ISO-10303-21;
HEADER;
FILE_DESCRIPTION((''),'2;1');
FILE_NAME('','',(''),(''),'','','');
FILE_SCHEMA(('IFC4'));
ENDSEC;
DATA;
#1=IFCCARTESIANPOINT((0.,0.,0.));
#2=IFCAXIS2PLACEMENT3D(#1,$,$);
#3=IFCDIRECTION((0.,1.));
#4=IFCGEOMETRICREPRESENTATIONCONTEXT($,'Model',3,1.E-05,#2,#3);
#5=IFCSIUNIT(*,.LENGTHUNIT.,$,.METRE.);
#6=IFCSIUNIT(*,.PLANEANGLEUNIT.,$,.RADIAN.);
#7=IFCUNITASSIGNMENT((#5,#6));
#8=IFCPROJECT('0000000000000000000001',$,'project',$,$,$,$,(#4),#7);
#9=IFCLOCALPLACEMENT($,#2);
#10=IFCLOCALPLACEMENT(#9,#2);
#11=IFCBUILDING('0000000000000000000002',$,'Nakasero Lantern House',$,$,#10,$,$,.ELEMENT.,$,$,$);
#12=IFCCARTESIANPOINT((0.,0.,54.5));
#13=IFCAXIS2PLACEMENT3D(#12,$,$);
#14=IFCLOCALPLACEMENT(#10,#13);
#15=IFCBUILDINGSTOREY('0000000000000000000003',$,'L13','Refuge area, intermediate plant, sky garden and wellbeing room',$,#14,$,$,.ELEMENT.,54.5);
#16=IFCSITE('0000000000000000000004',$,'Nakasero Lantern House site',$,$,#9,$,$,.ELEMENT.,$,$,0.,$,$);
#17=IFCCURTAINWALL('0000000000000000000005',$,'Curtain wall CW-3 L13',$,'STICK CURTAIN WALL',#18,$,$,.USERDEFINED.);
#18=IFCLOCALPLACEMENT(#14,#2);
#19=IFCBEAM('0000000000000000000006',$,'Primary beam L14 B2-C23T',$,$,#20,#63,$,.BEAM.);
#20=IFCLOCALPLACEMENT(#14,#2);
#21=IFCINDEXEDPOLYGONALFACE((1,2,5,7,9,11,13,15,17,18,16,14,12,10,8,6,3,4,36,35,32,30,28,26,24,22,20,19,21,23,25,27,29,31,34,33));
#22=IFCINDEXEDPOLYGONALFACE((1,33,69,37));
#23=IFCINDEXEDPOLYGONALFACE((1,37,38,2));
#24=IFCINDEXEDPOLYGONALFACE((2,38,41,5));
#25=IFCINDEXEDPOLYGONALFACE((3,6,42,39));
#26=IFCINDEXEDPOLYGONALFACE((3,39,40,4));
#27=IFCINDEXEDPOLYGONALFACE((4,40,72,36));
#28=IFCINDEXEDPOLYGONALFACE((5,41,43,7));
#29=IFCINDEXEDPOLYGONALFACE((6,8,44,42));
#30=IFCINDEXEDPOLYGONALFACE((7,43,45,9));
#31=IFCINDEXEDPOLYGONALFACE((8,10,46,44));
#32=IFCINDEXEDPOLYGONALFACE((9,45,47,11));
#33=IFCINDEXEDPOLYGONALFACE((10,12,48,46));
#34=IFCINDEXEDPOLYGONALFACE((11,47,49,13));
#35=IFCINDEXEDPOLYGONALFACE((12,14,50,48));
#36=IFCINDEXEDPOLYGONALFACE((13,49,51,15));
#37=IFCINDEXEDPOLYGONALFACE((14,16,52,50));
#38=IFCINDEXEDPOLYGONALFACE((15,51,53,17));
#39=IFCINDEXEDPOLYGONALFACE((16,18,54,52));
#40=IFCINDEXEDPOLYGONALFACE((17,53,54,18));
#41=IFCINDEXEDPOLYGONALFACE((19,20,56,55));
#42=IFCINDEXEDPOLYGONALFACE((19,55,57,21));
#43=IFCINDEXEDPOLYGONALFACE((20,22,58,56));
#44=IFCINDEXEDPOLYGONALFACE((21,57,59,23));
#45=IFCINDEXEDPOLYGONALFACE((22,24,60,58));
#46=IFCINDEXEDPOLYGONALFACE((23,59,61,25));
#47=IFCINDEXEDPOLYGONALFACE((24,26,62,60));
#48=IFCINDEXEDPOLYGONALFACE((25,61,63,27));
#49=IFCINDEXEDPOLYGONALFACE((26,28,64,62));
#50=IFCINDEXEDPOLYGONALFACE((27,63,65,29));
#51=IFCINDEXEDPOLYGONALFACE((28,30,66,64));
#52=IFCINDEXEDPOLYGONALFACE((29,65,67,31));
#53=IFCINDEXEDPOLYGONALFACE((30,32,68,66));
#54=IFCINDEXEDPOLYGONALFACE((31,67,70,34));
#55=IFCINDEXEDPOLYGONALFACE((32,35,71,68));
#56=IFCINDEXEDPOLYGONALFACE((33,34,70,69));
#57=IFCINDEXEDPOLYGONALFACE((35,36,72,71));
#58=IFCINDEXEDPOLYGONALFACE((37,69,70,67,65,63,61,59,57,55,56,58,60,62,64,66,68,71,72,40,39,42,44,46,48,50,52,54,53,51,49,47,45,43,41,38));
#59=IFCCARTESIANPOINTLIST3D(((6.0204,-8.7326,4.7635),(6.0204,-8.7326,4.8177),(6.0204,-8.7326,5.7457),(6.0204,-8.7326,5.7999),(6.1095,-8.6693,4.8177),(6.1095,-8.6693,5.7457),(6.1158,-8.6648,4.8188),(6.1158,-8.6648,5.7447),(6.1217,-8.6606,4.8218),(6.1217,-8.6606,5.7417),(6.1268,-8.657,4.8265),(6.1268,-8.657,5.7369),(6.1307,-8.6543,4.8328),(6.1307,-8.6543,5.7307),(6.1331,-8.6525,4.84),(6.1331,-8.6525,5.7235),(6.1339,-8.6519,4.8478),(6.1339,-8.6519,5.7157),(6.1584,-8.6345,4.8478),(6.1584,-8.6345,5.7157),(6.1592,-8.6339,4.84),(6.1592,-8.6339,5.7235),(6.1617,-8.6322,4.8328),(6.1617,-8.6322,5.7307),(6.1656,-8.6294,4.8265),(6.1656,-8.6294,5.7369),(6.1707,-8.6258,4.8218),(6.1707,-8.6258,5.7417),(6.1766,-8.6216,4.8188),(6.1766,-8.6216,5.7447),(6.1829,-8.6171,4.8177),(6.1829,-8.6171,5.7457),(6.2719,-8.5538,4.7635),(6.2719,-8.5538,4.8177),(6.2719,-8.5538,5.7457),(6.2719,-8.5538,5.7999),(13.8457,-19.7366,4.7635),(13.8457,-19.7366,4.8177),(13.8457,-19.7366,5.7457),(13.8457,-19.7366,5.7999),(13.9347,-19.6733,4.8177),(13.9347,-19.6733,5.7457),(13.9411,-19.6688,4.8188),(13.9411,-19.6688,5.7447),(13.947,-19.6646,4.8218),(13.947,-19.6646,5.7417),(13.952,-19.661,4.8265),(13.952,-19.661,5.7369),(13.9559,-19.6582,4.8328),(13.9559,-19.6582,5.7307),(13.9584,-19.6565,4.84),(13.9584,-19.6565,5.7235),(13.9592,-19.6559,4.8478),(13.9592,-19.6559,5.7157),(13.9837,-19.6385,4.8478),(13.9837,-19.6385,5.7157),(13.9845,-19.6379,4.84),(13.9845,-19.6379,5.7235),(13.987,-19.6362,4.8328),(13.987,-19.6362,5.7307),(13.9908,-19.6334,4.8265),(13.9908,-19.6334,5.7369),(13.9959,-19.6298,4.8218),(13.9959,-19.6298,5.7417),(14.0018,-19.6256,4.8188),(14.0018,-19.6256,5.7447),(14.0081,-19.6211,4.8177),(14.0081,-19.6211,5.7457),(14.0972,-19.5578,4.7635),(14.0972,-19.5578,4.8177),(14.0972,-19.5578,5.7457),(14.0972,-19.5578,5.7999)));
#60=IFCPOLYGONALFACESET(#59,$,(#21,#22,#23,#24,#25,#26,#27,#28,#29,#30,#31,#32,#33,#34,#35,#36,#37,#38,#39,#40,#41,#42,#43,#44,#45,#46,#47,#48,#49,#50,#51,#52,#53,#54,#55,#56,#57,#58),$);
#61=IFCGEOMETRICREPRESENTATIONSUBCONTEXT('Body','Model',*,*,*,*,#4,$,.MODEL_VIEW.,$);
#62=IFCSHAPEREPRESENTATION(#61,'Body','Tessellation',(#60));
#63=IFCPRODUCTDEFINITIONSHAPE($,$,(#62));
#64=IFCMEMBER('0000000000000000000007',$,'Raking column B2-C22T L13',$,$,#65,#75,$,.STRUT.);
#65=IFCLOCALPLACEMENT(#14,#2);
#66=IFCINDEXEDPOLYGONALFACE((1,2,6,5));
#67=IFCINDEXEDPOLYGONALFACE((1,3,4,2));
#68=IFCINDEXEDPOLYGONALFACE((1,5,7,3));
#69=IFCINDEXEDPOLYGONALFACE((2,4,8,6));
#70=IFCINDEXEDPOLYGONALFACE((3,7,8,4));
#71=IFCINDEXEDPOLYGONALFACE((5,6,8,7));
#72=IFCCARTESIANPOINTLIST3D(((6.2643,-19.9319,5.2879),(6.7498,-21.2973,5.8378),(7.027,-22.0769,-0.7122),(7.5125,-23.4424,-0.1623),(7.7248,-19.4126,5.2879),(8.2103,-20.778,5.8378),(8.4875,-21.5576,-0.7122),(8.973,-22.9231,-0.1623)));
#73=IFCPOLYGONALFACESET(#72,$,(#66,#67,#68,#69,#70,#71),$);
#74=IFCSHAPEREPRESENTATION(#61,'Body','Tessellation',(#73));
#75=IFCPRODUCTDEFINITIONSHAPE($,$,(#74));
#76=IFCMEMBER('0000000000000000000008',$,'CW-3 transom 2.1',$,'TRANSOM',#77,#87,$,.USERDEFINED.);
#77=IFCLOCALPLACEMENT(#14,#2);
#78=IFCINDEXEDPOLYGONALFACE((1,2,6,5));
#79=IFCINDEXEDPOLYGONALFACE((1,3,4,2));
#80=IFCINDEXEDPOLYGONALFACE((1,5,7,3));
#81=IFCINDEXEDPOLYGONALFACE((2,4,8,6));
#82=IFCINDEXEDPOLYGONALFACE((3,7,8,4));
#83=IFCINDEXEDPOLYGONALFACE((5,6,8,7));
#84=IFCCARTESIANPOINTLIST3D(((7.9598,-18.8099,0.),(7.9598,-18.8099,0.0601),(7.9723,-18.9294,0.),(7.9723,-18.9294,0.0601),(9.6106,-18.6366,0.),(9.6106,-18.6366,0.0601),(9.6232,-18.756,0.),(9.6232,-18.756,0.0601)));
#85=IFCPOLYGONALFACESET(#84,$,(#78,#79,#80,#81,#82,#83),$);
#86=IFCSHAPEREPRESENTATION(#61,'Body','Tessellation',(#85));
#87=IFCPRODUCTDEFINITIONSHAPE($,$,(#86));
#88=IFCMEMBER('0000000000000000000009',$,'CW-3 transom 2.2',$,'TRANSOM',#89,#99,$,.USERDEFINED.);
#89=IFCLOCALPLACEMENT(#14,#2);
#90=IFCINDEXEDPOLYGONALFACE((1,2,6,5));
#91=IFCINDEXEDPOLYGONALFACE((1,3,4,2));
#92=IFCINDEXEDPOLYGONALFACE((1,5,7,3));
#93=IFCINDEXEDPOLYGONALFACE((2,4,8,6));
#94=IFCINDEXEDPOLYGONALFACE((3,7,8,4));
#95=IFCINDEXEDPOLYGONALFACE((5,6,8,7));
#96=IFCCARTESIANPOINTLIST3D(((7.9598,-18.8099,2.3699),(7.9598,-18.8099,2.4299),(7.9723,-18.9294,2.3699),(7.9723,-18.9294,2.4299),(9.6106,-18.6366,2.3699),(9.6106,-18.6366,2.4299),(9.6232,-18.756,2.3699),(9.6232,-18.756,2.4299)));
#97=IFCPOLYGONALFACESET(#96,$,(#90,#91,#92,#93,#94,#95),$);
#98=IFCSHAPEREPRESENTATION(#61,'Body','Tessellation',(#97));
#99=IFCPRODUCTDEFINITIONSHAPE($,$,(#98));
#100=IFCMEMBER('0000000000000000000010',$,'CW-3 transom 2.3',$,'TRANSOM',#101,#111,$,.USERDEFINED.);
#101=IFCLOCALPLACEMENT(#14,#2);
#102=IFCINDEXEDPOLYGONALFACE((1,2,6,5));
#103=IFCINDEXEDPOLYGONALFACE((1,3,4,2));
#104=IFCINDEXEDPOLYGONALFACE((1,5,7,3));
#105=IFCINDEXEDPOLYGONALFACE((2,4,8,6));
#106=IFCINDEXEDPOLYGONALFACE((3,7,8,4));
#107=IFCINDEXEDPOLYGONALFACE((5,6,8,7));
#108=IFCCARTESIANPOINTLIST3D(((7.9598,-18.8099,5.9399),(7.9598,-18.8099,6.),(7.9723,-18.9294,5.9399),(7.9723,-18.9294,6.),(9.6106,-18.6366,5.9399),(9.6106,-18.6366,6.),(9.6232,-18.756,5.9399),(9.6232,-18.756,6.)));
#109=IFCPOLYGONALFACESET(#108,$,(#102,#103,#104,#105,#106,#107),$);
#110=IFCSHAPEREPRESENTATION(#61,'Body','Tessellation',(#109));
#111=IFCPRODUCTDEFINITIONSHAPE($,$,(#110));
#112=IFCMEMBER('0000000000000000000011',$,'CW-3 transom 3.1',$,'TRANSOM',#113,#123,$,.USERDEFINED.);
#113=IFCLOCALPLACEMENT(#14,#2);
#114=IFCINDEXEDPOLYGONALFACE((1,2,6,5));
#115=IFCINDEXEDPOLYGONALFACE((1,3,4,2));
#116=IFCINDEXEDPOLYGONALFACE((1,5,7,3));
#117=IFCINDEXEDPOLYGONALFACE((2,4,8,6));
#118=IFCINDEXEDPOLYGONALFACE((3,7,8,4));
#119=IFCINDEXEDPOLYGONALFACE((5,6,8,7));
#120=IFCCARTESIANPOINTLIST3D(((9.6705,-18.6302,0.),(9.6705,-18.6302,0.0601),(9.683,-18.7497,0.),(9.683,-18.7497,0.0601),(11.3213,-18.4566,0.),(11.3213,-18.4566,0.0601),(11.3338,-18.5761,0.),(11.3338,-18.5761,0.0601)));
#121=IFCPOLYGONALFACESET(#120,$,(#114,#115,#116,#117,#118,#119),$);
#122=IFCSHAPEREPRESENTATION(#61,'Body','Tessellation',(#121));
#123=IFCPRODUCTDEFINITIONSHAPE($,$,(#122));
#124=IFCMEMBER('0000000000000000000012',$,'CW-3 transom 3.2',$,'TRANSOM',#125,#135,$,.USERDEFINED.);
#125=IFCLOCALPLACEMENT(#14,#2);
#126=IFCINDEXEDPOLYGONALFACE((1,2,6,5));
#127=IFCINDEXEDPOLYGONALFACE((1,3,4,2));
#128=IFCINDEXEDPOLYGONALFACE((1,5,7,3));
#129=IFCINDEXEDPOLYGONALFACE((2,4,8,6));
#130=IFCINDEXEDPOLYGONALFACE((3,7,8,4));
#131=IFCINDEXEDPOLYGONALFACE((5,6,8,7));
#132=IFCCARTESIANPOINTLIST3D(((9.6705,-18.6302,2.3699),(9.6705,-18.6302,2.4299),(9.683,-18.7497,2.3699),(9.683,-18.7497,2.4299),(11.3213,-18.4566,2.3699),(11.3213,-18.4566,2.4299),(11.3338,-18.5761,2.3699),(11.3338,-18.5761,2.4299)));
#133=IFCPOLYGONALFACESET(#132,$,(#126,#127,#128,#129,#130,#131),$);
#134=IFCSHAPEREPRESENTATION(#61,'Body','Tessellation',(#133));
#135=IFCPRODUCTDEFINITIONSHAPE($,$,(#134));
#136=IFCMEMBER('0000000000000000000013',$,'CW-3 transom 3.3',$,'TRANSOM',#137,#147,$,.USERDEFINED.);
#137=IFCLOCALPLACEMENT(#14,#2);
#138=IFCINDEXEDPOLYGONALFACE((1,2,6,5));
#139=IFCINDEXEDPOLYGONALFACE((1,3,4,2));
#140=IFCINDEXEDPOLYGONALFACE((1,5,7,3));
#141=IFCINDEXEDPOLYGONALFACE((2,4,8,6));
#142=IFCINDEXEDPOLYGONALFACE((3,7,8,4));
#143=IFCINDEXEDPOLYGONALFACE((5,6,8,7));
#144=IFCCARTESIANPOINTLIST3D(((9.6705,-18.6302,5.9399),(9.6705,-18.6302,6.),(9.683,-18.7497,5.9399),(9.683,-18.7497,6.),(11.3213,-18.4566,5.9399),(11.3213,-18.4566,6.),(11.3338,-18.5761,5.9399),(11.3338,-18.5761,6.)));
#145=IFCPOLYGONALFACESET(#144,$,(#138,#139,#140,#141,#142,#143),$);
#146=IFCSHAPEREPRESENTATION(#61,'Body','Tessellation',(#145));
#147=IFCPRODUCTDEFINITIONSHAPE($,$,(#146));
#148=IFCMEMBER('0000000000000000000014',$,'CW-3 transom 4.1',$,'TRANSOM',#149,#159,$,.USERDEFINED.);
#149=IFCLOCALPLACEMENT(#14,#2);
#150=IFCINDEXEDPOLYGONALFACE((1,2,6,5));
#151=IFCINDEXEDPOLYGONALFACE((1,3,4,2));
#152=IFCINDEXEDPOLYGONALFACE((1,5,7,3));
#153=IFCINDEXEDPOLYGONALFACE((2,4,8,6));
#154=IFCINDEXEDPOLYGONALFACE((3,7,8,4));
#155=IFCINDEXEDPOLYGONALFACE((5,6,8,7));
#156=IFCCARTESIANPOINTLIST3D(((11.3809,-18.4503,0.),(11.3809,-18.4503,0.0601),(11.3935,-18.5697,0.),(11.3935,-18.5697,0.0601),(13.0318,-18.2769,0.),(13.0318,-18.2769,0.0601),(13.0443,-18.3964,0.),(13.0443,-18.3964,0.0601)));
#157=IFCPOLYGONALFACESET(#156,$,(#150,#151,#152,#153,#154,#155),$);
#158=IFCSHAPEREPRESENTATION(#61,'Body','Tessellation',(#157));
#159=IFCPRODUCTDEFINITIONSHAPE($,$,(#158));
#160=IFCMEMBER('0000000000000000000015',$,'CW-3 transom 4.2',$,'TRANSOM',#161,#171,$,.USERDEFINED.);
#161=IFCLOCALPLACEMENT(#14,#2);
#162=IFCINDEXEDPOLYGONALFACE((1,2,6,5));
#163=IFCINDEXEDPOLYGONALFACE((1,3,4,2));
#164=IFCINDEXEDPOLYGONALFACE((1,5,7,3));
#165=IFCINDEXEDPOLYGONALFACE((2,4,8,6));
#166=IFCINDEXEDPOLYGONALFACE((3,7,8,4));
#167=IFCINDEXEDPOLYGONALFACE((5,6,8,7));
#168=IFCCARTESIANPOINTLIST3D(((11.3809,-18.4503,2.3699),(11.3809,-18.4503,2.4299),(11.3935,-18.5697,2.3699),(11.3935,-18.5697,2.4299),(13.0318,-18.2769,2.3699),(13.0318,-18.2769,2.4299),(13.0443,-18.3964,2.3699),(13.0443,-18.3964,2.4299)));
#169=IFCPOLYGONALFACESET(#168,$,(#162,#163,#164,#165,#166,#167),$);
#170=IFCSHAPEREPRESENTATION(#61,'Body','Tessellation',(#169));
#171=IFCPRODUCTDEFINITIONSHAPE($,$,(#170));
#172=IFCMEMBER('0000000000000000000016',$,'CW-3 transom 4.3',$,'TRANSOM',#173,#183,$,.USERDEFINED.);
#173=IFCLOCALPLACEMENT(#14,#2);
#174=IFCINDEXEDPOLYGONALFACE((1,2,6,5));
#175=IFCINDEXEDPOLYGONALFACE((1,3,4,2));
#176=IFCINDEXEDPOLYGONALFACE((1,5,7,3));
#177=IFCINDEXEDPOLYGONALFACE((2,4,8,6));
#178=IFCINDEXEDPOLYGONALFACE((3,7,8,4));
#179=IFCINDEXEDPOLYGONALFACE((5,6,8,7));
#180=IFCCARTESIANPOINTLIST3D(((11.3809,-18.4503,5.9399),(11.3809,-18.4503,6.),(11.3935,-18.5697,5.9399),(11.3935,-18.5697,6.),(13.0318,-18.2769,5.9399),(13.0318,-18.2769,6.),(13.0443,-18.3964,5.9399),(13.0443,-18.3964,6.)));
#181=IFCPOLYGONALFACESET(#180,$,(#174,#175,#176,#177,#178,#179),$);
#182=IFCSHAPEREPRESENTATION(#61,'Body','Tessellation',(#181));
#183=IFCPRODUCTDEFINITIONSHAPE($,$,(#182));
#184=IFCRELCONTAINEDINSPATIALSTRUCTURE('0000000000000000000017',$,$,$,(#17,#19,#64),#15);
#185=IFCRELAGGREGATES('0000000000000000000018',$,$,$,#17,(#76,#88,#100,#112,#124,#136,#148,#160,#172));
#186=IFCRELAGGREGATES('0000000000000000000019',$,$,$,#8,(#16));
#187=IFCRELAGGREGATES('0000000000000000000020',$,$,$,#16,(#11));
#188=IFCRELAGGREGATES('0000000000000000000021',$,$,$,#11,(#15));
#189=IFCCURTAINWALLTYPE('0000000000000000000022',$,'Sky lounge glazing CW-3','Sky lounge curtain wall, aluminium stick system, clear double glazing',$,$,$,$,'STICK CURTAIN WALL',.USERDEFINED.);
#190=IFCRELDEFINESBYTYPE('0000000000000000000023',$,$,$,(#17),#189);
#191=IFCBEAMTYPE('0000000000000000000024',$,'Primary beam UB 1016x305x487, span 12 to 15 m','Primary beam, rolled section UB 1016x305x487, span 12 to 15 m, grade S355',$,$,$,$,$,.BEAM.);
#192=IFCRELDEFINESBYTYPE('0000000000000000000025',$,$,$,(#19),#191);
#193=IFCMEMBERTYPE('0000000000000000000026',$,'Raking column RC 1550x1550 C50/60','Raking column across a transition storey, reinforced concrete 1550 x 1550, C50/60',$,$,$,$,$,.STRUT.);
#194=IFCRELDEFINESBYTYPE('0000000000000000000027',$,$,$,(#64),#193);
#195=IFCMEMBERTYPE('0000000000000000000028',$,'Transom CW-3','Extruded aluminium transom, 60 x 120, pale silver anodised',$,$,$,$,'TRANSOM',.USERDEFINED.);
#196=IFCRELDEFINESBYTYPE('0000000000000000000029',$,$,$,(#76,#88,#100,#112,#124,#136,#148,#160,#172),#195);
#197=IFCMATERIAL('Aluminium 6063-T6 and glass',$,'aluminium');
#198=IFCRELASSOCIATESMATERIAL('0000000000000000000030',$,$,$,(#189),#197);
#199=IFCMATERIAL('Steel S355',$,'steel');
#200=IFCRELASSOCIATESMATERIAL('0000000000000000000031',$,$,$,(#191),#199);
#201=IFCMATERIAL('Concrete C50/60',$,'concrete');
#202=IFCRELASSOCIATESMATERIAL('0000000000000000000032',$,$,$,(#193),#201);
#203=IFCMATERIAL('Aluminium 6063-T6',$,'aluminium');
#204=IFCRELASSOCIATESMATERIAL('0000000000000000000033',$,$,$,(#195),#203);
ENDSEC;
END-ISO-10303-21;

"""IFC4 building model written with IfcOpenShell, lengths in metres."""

from ifc_helpers import new_model, si_unit, direction, frame, origin, origin_2d, place, context, subcontext, project, spatial, rectangle, i_section, extrude, material, material_profile, profile_set, type_object, element, aggregate, save


model = new_model("IFC4")

# Units and contexts
model_context = context("Model", 3, precision=1e-05, world=origin(), true_north=direction((0.0, 1.0)))
body_context = subcontext(model_context, "Body", "Model", "MODEL_VIEW")
ifc_project = project(units=[si_unit("LENGTHUNIT", "METRE"), si_unit("PLANEANGLEUNIT", "RADIAN")], contexts=[model_context])

# Site, building, storey
site_placement = place(None, origin())
site = spatial("IfcSite", under=ifc_project, at=site_placement, Name="Nakasero Lantern House site", CompositionType="ELEMENT", RefElevation=0.0)
building_placement = place(site_placement, origin())
building = spatial("IfcBuilding", under=site, at=building_placement, Name="Nakasero Lantern House", CompositionType="ELEMENT")
storey_placement = place(building_placement, frame((0.0, 0.0, 54.5)))
storey = spatial("IfcBuildingStorey", under=building, at=storey_placement, Name="L13", Description="Refuge area, intermediate plant, sky garden and wellbeing room", CompositionType="ELEMENT", Elevation=54.5)

# Curtain wall
ifc_material_1 = material(Name="Aluminium 6063-T6 and glass", Category="aluminium")
curtain_wall_type = type_object("IfcCurtainWallType", Name="Sky lounge glazing CW-3", Description="Sky lounge curtain wall, aluminium stick system, clear double glazing", ElementType="STICK CURTAIN WALL", PredefinedType="USERDEFINED", material=ifc_material_1)
curtain_wall_placement = place(storey_placement, origin())
curtain_wall = element("IfcCurtainWall", 1, at=curtain_wall_placement, inside=storey, type_object=curtain_wall_type, Name="Curtain wall CW-3 L13", ObjectType="STICK CURTAIN WALL", PredefinedType="USERDEFINED")

# Beam
ifc_material_2 = material(Name="Steel S355", Category="steel")
ifc_material_profile_1 = material_profile(ifc_material_2, i_section(OverallWidth=0.3086, OverallDepth=1.0364, WebThickness=0.03, FlangeThickness=0.0542, FilletRadius=0.03, at=origin_2d()), Name="UB 1016x305x487")
ifc_profile_set_1 = profile_set([ifc_material_profile_1], Name="Steel S355")
beam_type = type_object("IfcBeamType", Name="Primary beam UB 1016x305x487, span 12 to 15 m", Description="Primary beam, rolled section UB 1016x305x487, span 12 to 15 m, grade S355", PredefinedType="BEAM", material=ifc_profile_set_1)
beam_placement = place(storey_placement, frame((13.9714, -19.6472, 5.2817), z_axis=(-0.579533, 0.814948, 0.0), x_axis=(-0.814948, -0.579533, 0.0)))
element("IfcBeam", 2, at=beam_placement, inside=storey, type_object=beam_type, Name="Primary beam L14 B2-C23T", PredefinedType="BEAM", context=body_context, shape_type="SweptSolid", body=[
    extrude(i_section(OverallWidth=0.3086, OverallDepth=1.0364, WebThickness=0.03, FlangeThickness=0.0542, FilletRadius=0.03, at=origin_2d()), origin(), (0.0, 0.0, 1.0), 13.5027),
])

# Members
ifc_material_3 = material(Name="Concrete C50/60", Category="concrete")
ifc_material_profile_2 = material_profile(ifc_material_3, rectangle(XDim=1.55, YDim=1.55, at=origin_2d()), Name="RC 1550x1550")
ifc_profile_set_2 = profile_set([ifc_material_profile_2], Name="Concrete C50/60")
member_type_1 = type_object("IfcMemberType", Name="Raking column RC 1550x1550 C50/60", Description="Raking column across a transition storey, reinforced concrete 1550 x 1550, C50/60", PredefinedType="STRUT", material=ifc_profile_set_2)
member_1_placement = place(storey_placement, frame((8.0, -22.5, -0.4373), z_axis=(-0.118848, 0.334251, 0.93496), x_axis=(-0.942212, -0.335018, 0.0)))
element("IfcMember", 3, at=member_1_placement, inside=storey, type_object=member_type_1, Name="Raking column B2-C22T L13", PredefinedType="STRUT", context=body_context, shape_type="SweptSolid", body=[
    extrude(rectangle(XDim=1.55, YDim=1.55, at=origin_2d()), origin(), (0.0, 0.0, 1.0), 6.4175),
])
ifc_material_4 = material(Name="Aluminium 6063-T6", Category="aluminium")
ifc_material_profile_3 = material_profile(ifc_material_4, rectangle(XDim=0.0601, YDim=0.1201, at=origin_2d()), Name="CW-3 transom 60x120")
ifc_profile_set_3 = profile_set([ifc_material_profile_3], Name="Aluminium 6063-T6")
member_type_2 = type_object("IfcMemberType", Name="Transom CW-3", Description="Extruded aluminium transom, 60 x 120, pale silver anodised", ElementType="TRANSOM", PredefinedType="USERDEFINED", material=ifc_profile_set_3)
member_2_placement = place(storey_placement, frame((7.9661, -18.8696, 0.03), z_axis=(0.994533, 0.104424, 0.0), x_axis=(0.0, 0.0, 1.0)))
member_2 = element("IfcMember", 4, at=member_2_placement, type_object=member_type_2, Name="CW-3 transom 2.1", ObjectType="TRANSOM", PredefinedType="USERDEFINED", context=body_context, shape_type="SweptSolid", body=[
    extrude(rectangle(XDim=0.0601, YDim=0.1201, at=origin_2d()), origin(), (0.0, 0.0, 1.0), 1.6599),
])
member_3_placement = place(storey_placement, frame((7.9661, -18.8696, 2.3999), z_axis=(0.994533, 0.104424, 0.0), x_axis=(0.0, 0.0, 1.0)))
member_3 = element("IfcMember", 5, at=member_3_placement, type_object=member_type_2, Name="CW-3 transom 2.2", ObjectType="TRANSOM", PredefinedType="USERDEFINED", context=body_context, shape_type="SweptSolid", body=[
    extrude(rectangle(XDim=0.0601, YDim=0.1201, at=origin_2d()), origin(), (0.0, 0.0, 1.0), 1.6599),
])
member_4_placement = place(storey_placement, frame((7.9661, -18.8696, 5.97), z_axis=(0.994533, 0.104424, 0.0), x_axis=(0.0, 0.0, 1.0)))
member_4 = element("IfcMember", 6, at=member_4_placement, type_object=member_type_2, Name="CW-3 transom 2.3", ObjectType="TRANSOM", PredefinedType="USERDEFINED", context=body_context, shape_type="SweptSolid", body=[
    extrude(rectangle(XDim=0.0601, YDim=0.1201, at=origin_2d()), origin(), (0.0, 0.0, 1.0), 1.6599),
])
member_5_placement = place(storey_placement, frame((9.6768, -18.6899, 0.03), z_axis=(0.994518, 0.10457, 0.0), x_axis=(0.0, 0.0, 1.0)))
member_5 = element("IfcMember", 7, at=member_5_placement, type_object=member_type_2, Name="CW-3 transom 3.1", ObjectType="TRANSOM", PredefinedType="USERDEFINED", context=body_context, shape_type="SweptSolid", body=[
    extrude(rectangle(XDim=0.0601, YDim=0.1201, at=origin_2d()), origin(), (0.0, 0.0, 1.0), 1.6599),
])
member_6_placement = place(storey_placement, frame((9.6768, -18.6899, 2.3999), z_axis=(0.994518, 0.10457, 0.0), x_axis=(0.0, 0.0, 1.0)))
member_6 = element("IfcMember", 8, at=member_6_placement, type_object=member_type_2, Name="CW-3 transom 3.2", ObjectType="TRANSOM", PredefinedType="USERDEFINED", context=body_context, shape_type="SweptSolid", body=[
    extrude(rectangle(XDim=0.0601, YDim=0.1201, at=origin_2d()), origin(), (0.0, 0.0, 1.0), 1.6599),
])
member_7_placement = place(storey_placement, frame((9.6768, -18.6899, 5.97), z_axis=(0.994518, 0.10457, 0.0), x_axis=(0.0, 0.0, 1.0)))
member_7 = element("IfcMember", 9, at=member_7_placement, type_object=member_type_2, Name="CW-3 transom 3.3", ObjectType="TRANSOM", PredefinedType="USERDEFINED", context=body_context, shape_type="SweptSolid", body=[
    extrude(rectangle(XDim=0.0601, YDim=0.1201, at=origin_2d()), origin(), (0.0, 0.0, 1.0), 1.6599),
])
member_8_placement = place(storey_placement, frame((11.3872, -18.51, 0.03), z_axis=(0.994533, 0.104424, 0.0), x_axis=(0.0, 0.0, 1.0)))
member_8 = element("IfcMember", 10, at=member_8_placement, type_object=member_type_2, Name="CW-3 transom 4.1", ObjectType="TRANSOM", PredefinedType="USERDEFINED", context=body_context, shape_type="SweptSolid", body=[
    extrude(rectangle(XDim=0.0601, YDim=0.1201, at=origin_2d()), origin(), (0.0, 0.0, 1.0), 1.6599),
])
member_9_placement = place(storey_placement, frame((11.3872, -18.51, 2.3999), z_axis=(0.994533, 0.104424, 0.0), x_axis=(0.0, 0.0, 1.0)))
member_9 = element("IfcMember", 11, at=member_9_placement, type_object=member_type_2, Name="CW-3 transom 4.2", ObjectType="TRANSOM", PredefinedType="USERDEFINED", context=body_context, shape_type="SweptSolid", body=[
    extrude(rectangle(XDim=0.0601, YDim=0.1201, at=origin_2d()), origin(), (0.0, 0.0, 1.0), 1.6599),
])
member_10_placement = place(storey_placement, frame((11.3872, -18.51, 5.97), z_axis=(0.994533, 0.104424, 0.0), x_axis=(0.0, 0.0, 1.0)))
member_10 = element("IfcMember", 12, at=member_10_placement, type_object=member_type_2, Name="CW-3 transom 4.3", ObjectType="TRANSOM", PredefinedType="USERDEFINED", context=body_context, shape_type="SweptSolid", body=[
    extrude(rectangle(XDim=0.0601, YDim=0.1201, at=origin_2d()), origin(), (0.0, 0.0, 1.0), 1.6599),
])

aggregate(curtain_wall, [member_2, member_3, member_4, member_5, member_6, member_7, member_8, member_9, member_10])

save(model, "model.ifc")
